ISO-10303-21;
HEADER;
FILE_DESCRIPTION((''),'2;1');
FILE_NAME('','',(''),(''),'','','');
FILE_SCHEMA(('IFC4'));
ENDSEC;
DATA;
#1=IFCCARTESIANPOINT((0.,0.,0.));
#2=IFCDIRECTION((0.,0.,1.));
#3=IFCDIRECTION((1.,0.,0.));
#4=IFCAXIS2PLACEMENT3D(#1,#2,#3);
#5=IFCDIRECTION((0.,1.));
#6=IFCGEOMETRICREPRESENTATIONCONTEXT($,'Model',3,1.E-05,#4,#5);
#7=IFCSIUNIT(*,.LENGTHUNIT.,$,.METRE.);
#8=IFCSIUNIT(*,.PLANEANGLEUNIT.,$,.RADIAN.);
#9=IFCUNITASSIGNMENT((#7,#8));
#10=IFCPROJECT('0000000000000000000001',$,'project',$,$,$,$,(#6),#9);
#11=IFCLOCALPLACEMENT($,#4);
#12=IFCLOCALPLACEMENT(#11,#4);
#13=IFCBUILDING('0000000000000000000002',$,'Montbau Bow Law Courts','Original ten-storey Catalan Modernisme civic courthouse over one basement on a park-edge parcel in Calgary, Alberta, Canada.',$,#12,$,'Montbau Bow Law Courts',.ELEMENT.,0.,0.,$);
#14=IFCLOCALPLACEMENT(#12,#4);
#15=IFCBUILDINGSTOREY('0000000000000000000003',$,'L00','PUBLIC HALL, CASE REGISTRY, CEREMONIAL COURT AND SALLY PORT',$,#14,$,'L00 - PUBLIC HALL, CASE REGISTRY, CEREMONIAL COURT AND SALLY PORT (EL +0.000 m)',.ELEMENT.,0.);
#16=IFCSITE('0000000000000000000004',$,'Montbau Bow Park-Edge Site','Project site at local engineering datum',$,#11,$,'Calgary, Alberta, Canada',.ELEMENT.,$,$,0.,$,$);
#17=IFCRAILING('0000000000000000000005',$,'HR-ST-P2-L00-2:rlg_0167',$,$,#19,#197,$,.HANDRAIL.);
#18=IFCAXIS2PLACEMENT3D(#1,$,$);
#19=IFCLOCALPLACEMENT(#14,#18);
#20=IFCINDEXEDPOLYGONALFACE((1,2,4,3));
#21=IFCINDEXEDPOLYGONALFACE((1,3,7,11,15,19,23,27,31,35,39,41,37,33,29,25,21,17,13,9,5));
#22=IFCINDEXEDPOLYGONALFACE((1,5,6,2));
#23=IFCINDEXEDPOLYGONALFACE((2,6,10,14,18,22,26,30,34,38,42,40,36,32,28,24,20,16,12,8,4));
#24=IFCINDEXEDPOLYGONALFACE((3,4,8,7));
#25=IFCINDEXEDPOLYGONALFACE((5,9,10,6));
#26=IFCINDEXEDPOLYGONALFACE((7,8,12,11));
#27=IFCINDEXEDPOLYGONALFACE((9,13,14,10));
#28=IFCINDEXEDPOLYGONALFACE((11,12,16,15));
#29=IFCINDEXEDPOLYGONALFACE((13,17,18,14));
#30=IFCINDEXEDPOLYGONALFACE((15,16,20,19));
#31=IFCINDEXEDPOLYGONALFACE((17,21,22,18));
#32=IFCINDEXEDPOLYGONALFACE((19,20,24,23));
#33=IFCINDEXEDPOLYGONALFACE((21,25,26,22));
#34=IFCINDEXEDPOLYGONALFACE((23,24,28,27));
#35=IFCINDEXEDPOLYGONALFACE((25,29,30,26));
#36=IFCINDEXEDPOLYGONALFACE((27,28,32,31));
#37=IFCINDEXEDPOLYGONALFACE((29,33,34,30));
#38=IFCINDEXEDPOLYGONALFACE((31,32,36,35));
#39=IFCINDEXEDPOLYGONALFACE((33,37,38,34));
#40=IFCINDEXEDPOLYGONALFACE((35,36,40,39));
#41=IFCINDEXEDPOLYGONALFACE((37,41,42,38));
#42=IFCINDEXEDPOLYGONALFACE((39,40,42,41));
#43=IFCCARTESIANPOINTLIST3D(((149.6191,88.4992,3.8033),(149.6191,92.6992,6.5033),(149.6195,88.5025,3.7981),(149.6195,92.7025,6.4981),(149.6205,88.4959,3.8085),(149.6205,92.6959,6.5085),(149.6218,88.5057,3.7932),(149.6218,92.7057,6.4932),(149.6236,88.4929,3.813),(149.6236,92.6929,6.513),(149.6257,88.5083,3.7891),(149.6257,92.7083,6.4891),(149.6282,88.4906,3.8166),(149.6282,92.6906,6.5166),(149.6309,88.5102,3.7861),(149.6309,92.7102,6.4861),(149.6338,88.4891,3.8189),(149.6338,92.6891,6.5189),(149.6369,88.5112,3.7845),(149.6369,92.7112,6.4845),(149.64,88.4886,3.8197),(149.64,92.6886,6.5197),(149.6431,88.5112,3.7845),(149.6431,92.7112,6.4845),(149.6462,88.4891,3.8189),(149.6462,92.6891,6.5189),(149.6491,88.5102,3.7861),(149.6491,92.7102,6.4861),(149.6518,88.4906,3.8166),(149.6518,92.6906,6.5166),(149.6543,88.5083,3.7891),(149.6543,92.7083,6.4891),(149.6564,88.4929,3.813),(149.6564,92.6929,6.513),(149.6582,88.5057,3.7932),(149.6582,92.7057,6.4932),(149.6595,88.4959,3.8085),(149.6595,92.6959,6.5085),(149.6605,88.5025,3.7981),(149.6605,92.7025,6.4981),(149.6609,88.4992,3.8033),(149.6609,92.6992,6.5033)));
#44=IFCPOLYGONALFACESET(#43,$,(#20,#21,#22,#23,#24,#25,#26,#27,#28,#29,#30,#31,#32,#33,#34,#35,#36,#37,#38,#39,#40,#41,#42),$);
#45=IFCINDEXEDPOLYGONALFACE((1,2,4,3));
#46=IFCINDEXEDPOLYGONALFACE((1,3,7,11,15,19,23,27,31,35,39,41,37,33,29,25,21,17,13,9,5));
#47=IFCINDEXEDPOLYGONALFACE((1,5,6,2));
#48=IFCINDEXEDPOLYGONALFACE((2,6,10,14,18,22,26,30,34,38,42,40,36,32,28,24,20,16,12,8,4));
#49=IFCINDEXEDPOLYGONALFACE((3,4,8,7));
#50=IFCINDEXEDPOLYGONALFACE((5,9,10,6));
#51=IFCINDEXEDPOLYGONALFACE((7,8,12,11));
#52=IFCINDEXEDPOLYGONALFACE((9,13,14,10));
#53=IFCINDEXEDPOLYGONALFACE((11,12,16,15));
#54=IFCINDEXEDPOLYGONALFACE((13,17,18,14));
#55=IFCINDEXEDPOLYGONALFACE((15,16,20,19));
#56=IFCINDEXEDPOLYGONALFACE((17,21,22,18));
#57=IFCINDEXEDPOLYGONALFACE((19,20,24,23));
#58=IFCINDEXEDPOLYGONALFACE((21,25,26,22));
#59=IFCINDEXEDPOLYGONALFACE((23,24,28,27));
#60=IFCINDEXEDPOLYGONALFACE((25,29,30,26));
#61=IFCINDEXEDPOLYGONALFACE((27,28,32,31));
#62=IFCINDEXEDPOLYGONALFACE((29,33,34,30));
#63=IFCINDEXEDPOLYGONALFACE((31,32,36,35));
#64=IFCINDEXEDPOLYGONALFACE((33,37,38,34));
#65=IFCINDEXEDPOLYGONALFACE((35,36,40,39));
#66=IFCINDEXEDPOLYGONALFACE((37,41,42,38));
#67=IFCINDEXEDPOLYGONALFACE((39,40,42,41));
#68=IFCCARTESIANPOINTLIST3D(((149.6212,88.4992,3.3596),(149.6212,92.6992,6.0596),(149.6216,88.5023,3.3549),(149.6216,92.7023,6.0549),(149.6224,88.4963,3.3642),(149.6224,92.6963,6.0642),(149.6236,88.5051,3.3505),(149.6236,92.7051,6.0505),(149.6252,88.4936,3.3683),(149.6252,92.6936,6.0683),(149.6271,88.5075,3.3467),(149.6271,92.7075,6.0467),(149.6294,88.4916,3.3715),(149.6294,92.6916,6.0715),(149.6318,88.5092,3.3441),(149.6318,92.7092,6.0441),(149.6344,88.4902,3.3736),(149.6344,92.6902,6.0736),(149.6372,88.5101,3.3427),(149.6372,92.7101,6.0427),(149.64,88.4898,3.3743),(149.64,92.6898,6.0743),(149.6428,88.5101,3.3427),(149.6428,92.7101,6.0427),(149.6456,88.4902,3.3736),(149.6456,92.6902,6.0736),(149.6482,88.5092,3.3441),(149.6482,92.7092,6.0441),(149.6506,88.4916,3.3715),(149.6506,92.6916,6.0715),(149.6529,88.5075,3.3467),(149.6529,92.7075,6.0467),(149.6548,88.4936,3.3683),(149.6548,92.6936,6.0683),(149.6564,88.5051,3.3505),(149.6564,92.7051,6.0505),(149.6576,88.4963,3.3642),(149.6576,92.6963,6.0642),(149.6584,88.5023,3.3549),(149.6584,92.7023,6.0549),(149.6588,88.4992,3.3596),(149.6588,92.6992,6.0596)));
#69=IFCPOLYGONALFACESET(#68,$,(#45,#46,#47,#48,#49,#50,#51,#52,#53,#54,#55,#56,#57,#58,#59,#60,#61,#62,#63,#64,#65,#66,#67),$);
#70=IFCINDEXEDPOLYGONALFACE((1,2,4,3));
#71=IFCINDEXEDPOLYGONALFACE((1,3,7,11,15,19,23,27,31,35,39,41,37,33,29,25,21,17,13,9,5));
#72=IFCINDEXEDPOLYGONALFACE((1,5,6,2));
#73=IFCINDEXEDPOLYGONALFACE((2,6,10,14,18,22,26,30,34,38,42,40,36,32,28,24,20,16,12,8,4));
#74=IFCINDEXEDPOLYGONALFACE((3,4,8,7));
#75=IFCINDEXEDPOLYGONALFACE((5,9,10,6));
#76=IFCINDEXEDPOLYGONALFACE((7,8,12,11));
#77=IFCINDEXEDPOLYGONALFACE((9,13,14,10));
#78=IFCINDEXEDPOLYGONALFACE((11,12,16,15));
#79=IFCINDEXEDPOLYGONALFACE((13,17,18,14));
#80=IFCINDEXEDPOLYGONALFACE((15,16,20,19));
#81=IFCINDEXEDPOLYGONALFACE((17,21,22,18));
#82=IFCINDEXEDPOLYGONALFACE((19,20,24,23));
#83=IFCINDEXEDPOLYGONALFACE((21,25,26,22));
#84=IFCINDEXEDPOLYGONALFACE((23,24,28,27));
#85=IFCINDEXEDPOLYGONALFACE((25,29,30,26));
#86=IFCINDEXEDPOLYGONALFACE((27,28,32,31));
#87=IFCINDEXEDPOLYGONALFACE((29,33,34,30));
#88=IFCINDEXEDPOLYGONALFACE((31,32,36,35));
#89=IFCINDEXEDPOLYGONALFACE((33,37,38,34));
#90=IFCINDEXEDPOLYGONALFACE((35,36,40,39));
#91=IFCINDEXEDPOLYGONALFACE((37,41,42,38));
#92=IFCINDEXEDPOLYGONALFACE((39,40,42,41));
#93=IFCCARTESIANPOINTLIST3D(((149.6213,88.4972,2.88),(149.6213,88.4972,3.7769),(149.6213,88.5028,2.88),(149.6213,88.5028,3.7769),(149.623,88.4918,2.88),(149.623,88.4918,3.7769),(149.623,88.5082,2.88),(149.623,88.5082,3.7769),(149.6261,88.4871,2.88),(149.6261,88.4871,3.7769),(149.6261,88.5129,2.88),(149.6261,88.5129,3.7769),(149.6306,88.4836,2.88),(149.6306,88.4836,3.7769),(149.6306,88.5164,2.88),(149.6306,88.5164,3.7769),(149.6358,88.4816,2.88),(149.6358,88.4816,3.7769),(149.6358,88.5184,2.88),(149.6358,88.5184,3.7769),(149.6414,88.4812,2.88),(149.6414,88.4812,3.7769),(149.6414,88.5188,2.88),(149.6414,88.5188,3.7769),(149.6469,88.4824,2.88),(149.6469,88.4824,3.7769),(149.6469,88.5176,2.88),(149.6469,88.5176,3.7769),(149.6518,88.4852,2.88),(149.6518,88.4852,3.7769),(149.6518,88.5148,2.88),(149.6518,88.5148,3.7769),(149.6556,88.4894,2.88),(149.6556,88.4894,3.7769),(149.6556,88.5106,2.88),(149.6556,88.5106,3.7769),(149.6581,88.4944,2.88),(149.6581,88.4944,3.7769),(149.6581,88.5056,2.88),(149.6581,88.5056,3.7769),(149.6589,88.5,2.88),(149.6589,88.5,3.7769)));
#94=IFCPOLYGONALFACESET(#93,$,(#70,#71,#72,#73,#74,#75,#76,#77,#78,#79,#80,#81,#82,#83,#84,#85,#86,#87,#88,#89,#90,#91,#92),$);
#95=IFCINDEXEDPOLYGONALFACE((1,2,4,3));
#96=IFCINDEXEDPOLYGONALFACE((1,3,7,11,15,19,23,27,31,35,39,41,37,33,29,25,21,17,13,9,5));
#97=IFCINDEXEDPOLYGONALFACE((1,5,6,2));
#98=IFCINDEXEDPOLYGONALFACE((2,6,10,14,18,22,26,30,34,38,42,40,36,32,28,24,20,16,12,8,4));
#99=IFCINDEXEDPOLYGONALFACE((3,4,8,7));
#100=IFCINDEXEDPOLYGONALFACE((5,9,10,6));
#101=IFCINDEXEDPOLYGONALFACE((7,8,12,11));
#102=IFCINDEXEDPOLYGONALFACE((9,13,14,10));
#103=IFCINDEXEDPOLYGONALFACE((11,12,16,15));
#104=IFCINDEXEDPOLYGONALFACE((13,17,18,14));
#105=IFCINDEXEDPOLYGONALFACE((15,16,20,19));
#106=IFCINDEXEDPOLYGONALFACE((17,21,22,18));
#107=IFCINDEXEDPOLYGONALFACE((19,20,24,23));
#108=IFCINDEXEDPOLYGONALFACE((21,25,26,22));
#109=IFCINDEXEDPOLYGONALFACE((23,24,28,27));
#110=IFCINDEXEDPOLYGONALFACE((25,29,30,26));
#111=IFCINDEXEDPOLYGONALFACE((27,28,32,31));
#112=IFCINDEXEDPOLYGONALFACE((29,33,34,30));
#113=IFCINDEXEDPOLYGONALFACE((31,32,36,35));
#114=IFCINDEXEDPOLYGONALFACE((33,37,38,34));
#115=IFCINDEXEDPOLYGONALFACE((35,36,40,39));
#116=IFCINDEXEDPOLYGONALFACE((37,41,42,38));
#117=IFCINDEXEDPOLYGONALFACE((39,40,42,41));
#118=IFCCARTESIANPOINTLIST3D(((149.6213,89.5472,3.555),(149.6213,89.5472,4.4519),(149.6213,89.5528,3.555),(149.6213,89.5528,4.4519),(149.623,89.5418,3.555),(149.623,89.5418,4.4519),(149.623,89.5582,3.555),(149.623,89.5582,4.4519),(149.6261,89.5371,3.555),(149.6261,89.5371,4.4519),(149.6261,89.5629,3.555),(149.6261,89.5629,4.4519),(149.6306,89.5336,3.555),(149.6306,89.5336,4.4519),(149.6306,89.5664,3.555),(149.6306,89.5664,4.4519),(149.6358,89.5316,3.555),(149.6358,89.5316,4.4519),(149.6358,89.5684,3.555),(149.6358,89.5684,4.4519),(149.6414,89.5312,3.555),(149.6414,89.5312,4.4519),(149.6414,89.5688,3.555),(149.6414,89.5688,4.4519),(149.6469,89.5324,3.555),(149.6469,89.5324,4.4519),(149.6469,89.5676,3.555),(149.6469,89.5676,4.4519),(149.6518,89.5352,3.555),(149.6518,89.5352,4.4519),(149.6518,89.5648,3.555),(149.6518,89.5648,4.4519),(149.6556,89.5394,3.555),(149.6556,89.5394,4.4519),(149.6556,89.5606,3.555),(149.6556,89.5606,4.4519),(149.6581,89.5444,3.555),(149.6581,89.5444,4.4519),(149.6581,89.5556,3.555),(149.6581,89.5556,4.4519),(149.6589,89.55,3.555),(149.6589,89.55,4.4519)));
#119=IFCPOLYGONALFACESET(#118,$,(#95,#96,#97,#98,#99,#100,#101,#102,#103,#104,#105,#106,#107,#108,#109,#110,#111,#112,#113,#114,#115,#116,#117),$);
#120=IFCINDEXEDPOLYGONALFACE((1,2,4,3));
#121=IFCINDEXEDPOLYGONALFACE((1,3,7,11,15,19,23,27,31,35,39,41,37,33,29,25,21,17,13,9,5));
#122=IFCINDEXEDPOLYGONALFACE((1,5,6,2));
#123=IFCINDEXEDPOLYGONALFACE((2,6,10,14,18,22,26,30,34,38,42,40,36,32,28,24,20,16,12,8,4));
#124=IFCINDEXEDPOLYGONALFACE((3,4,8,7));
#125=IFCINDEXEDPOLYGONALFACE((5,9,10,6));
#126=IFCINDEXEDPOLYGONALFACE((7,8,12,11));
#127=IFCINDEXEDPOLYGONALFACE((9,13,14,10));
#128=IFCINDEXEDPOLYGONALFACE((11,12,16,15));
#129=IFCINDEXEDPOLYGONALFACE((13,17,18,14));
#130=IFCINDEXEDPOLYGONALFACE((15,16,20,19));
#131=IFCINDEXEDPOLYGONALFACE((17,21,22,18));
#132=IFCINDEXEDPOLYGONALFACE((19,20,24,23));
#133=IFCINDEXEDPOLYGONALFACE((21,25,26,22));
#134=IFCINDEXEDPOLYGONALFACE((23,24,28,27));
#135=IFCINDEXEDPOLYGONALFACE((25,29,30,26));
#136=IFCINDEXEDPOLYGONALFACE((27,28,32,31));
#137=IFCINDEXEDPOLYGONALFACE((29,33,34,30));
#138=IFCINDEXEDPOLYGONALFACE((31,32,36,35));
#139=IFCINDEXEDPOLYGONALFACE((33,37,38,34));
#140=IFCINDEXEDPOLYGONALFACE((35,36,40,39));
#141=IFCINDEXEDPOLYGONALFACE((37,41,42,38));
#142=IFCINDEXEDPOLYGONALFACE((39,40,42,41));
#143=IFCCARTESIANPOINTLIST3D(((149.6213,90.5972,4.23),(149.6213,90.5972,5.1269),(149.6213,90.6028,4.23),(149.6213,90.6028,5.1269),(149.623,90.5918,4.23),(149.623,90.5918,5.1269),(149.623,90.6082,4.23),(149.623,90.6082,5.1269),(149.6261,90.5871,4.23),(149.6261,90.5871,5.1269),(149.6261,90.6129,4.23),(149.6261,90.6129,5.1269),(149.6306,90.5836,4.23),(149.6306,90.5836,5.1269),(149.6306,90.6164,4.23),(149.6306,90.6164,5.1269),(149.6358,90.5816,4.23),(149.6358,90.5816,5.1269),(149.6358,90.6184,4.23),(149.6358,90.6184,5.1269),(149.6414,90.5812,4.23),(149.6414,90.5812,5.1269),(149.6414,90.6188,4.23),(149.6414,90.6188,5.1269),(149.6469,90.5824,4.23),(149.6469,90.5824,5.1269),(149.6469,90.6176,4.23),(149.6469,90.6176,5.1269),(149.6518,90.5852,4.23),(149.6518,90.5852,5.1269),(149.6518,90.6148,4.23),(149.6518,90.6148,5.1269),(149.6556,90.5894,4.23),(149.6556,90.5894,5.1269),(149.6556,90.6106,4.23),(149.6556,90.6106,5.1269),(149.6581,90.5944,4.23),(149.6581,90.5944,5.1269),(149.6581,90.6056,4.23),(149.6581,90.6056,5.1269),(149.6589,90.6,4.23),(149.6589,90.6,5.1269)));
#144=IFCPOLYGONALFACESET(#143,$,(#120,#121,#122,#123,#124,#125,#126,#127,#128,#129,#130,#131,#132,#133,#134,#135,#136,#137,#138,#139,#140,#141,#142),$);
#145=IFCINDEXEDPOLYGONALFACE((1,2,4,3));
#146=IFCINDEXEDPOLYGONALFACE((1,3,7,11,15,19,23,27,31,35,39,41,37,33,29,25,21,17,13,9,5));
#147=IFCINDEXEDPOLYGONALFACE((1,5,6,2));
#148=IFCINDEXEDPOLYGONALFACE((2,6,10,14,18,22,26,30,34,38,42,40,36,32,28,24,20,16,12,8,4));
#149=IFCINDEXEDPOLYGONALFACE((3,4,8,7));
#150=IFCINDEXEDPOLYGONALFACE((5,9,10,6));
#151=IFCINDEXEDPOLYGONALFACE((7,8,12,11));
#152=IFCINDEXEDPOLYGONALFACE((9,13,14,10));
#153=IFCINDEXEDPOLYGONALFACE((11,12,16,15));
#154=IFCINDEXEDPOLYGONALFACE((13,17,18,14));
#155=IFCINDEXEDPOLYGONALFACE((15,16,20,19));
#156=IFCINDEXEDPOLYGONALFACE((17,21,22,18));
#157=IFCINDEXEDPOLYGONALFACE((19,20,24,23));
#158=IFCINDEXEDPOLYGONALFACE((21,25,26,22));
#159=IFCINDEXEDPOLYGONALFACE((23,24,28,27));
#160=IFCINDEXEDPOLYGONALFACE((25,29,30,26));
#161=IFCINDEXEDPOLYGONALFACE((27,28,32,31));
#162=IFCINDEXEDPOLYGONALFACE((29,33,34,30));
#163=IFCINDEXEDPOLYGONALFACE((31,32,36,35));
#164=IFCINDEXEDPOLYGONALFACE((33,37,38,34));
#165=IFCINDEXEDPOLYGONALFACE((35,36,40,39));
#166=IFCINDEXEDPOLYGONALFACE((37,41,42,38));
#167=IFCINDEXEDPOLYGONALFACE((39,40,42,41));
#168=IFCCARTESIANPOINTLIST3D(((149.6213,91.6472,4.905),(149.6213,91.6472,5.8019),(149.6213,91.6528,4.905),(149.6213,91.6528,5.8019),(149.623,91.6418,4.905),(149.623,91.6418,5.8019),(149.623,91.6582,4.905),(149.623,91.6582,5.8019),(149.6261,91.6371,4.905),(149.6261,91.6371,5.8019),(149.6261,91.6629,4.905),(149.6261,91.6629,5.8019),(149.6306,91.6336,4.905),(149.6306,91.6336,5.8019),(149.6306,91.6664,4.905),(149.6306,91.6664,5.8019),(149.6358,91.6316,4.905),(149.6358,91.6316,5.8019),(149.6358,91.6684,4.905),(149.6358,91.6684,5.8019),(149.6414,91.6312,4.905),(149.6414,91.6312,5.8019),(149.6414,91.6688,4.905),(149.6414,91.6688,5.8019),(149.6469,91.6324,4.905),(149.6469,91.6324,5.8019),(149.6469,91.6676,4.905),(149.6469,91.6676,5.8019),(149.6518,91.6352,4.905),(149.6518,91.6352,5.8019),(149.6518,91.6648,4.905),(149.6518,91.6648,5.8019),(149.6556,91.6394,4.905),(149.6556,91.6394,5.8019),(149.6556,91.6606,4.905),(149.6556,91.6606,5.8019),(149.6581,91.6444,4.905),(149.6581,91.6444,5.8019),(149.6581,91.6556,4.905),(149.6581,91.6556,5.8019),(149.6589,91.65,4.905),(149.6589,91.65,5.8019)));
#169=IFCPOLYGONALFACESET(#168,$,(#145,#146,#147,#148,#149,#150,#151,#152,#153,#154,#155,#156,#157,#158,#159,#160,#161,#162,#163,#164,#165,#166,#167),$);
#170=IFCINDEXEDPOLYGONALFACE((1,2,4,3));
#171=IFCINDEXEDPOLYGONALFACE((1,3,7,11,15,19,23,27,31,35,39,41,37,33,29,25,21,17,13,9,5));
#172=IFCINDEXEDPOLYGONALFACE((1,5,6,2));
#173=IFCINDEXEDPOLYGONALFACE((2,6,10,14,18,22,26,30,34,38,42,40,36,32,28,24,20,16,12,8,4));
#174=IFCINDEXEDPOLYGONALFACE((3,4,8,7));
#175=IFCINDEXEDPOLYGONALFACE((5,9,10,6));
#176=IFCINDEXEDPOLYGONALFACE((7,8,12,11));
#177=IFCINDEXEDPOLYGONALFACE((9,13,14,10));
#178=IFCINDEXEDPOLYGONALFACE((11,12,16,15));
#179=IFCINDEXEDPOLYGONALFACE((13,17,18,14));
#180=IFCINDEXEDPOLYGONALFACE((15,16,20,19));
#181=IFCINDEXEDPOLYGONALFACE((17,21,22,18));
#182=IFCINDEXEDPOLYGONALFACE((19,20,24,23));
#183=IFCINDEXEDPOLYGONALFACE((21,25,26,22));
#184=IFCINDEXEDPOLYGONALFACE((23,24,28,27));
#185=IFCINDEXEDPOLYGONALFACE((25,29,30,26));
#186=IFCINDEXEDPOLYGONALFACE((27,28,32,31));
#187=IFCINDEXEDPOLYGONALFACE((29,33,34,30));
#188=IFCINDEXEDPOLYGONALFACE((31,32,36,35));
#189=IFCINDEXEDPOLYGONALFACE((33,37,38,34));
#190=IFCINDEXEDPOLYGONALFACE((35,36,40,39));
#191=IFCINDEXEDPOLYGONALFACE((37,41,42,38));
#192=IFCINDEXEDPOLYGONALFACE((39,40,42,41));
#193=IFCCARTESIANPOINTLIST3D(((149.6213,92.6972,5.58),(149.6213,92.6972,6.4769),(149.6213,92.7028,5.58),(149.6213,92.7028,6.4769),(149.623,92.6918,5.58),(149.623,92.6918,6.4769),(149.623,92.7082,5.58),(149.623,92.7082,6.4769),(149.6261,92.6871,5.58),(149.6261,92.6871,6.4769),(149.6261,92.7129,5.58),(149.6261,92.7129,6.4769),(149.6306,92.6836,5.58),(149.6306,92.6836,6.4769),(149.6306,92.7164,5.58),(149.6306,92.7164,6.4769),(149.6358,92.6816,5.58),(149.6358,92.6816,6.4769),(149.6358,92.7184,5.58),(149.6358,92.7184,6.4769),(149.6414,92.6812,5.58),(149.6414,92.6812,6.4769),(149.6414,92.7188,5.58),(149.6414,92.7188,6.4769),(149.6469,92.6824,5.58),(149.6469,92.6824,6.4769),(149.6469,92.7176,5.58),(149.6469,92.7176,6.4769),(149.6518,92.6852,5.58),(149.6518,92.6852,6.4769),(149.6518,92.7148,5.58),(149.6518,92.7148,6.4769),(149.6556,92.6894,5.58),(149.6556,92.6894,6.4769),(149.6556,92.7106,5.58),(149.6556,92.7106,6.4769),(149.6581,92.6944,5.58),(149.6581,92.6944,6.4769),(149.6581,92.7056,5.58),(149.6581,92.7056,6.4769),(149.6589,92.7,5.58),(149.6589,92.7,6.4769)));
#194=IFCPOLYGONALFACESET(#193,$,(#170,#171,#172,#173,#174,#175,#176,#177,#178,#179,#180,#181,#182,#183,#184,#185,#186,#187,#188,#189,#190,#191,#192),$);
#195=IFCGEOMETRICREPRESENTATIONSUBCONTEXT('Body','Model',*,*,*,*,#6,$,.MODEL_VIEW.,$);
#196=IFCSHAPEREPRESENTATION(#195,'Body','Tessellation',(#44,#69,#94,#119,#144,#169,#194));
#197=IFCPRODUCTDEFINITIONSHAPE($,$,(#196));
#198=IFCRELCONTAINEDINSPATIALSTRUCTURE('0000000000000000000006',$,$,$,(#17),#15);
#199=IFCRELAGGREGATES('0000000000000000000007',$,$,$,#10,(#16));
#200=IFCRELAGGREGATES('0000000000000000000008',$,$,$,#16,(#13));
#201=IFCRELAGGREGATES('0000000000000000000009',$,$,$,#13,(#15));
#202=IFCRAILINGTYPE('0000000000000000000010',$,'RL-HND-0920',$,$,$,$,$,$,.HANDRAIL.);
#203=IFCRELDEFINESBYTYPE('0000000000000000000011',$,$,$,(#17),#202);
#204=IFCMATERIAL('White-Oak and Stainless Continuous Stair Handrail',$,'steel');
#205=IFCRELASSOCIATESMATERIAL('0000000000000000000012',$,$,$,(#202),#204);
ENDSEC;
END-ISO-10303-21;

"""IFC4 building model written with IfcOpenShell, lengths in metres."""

from ifc_helpers import new_model, si_unit, direction, frame, origin_with_axes, origin_2d_with_axis, place, context, subcontext, project, spatial, circle, extrude, material, type_object, element, save


model = new_model("IFC4")

# Units and contexts
model_context = context("Model", 3, precision=1e-05, world=origin_with_axes(), true_north=direction((0.0, 1.0)))
body_context = subcontext(model_context, "Body", "Model", "MODEL_VIEW")
ifc_project = project(units=[si_unit("LENGTHUNIT", "METRE"), si_unit("PLANEANGLEUNIT", "RADIAN")], contexts=[model_context])

# Site, building, storey
site_placement = place(None, origin_with_axes())
site = spatial("IfcSite", under=ifc_project, at=site_placement, Name="Montbau Bow Park-Edge Site", Description="Project site at local engineering datum", LongName="Calgary, Alberta, Canada", CompositionType="ELEMENT", RefElevation=0.0)
building_placement = place(site_placement, origin_with_axes())
building = spatial("IfcBuilding", under=site, at=building_placement, Name="Montbau Bow Law Courts", Description="Original ten-storey Catalan Modernisme civic courthouse over one basement on a park-edge parcel in Calgary, Alberta, Canada.", LongName="Montbau Bow Law Courts", CompositionType="ELEMENT", ElevationOfRefHeight=0.0, ElevationOfTerrain=0.0)
storey_placement = place(building_placement, origin_with_axes())
storey = spatial("IfcBuildingStorey", under=building, at=storey_placement, Name="L00", Description="PUBLIC HALL, CASE REGISTRY, CEREMONIAL COURT AND SALLY PORT", LongName="L00 - PUBLIC HALL, CASE REGISTRY, CEREMONIAL COURT AND SALLY PORT (EL +0.000 m)", CompositionType="ELEMENT", Elevation=0.0)

# Railing
ifc_material_1 = material(Name="White-Oak and Stainless Continuous Stair Handrail", Category="steel")
railing_type_1 = type_object("IfcRailingType", Name="RL-HND-0920", PredefinedType="HANDRAIL", material=ifc_material_1)
railing_1_placement = place(None, origin_with_axes())
element("IfcRailing", 1, at=railing_1_placement, inside=storey, type_object=railing_type_1, Name="HR-ST-P2-L00-2:rlg_0167", PredefinedType="HANDRAIL", context=body_context, shape_type="SweptSolid", body=[
    extrude(circle(Radius=0.021, at=origin_2d_with_axis()), frame((149.64, 88.5, 3.802), z_axis=(0.0, 0.841178, 0.540758), x_axis=(0.0, -0.540758, 0.841178)), (0.0, 0.0, 1.0), 4.993),
    extrude(circle(Radius=0.0189, at=origin_2d_with_axis()), frame((149.64, 88.5, 3.3584), z_axis=(0.0, 0.841178, 0.540758), x_axis=(0.0, -0.540758, 0.841178)), (0.0, 0.0, 1.0), 4.993),
    extrude(circle(Radius=0.0189, at=origin_2d_with_axis()), frame((149.64, 88.5, 2.88), z_axis=(0.0, 0.0, 1.0), x_axis=(1.0, 0.0, 0.0)), (0.0, 0.0, 1.0), 0.8969),
    extrude(circle(Radius=0.0189, at=origin_2d_with_axis()), frame((149.64, 89.55, 3.555), z_axis=(0.0, 0.0, 1.0), x_axis=(1.0, 0.0, 0.0)), (0.0, 0.0, 1.0), 0.8969),
    extrude(circle(Radius=0.0189, at=origin_2d_with_axis()), frame((149.64, 90.6, 4.23), z_axis=(0.0, 0.0, 1.0), x_axis=(1.0, 0.0, 0.0)), (0.0, 0.0, 1.0), 0.8969),
    extrude(circle(Radius=0.0189, at=origin_2d_with_axis()), frame((149.64, 91.65, 4.905), z_axis=(0.0, 0.0, 1.0), x_axis=(1.0, 0.0, 0.0)), (0.0, 0.0, 1.0), 0.8969),
    extrude(circle(Radius=0.0189, at=origin_2d_with_axis()), frame((149.64, 92.7, 5.58), z_axis=(0.0, 0.0, 1.0), x_axis=(1.0, 0.0, 0.0)), (0.0, 0.0, 1.0), 0.8969),
])

save(model, "model.ifc")
